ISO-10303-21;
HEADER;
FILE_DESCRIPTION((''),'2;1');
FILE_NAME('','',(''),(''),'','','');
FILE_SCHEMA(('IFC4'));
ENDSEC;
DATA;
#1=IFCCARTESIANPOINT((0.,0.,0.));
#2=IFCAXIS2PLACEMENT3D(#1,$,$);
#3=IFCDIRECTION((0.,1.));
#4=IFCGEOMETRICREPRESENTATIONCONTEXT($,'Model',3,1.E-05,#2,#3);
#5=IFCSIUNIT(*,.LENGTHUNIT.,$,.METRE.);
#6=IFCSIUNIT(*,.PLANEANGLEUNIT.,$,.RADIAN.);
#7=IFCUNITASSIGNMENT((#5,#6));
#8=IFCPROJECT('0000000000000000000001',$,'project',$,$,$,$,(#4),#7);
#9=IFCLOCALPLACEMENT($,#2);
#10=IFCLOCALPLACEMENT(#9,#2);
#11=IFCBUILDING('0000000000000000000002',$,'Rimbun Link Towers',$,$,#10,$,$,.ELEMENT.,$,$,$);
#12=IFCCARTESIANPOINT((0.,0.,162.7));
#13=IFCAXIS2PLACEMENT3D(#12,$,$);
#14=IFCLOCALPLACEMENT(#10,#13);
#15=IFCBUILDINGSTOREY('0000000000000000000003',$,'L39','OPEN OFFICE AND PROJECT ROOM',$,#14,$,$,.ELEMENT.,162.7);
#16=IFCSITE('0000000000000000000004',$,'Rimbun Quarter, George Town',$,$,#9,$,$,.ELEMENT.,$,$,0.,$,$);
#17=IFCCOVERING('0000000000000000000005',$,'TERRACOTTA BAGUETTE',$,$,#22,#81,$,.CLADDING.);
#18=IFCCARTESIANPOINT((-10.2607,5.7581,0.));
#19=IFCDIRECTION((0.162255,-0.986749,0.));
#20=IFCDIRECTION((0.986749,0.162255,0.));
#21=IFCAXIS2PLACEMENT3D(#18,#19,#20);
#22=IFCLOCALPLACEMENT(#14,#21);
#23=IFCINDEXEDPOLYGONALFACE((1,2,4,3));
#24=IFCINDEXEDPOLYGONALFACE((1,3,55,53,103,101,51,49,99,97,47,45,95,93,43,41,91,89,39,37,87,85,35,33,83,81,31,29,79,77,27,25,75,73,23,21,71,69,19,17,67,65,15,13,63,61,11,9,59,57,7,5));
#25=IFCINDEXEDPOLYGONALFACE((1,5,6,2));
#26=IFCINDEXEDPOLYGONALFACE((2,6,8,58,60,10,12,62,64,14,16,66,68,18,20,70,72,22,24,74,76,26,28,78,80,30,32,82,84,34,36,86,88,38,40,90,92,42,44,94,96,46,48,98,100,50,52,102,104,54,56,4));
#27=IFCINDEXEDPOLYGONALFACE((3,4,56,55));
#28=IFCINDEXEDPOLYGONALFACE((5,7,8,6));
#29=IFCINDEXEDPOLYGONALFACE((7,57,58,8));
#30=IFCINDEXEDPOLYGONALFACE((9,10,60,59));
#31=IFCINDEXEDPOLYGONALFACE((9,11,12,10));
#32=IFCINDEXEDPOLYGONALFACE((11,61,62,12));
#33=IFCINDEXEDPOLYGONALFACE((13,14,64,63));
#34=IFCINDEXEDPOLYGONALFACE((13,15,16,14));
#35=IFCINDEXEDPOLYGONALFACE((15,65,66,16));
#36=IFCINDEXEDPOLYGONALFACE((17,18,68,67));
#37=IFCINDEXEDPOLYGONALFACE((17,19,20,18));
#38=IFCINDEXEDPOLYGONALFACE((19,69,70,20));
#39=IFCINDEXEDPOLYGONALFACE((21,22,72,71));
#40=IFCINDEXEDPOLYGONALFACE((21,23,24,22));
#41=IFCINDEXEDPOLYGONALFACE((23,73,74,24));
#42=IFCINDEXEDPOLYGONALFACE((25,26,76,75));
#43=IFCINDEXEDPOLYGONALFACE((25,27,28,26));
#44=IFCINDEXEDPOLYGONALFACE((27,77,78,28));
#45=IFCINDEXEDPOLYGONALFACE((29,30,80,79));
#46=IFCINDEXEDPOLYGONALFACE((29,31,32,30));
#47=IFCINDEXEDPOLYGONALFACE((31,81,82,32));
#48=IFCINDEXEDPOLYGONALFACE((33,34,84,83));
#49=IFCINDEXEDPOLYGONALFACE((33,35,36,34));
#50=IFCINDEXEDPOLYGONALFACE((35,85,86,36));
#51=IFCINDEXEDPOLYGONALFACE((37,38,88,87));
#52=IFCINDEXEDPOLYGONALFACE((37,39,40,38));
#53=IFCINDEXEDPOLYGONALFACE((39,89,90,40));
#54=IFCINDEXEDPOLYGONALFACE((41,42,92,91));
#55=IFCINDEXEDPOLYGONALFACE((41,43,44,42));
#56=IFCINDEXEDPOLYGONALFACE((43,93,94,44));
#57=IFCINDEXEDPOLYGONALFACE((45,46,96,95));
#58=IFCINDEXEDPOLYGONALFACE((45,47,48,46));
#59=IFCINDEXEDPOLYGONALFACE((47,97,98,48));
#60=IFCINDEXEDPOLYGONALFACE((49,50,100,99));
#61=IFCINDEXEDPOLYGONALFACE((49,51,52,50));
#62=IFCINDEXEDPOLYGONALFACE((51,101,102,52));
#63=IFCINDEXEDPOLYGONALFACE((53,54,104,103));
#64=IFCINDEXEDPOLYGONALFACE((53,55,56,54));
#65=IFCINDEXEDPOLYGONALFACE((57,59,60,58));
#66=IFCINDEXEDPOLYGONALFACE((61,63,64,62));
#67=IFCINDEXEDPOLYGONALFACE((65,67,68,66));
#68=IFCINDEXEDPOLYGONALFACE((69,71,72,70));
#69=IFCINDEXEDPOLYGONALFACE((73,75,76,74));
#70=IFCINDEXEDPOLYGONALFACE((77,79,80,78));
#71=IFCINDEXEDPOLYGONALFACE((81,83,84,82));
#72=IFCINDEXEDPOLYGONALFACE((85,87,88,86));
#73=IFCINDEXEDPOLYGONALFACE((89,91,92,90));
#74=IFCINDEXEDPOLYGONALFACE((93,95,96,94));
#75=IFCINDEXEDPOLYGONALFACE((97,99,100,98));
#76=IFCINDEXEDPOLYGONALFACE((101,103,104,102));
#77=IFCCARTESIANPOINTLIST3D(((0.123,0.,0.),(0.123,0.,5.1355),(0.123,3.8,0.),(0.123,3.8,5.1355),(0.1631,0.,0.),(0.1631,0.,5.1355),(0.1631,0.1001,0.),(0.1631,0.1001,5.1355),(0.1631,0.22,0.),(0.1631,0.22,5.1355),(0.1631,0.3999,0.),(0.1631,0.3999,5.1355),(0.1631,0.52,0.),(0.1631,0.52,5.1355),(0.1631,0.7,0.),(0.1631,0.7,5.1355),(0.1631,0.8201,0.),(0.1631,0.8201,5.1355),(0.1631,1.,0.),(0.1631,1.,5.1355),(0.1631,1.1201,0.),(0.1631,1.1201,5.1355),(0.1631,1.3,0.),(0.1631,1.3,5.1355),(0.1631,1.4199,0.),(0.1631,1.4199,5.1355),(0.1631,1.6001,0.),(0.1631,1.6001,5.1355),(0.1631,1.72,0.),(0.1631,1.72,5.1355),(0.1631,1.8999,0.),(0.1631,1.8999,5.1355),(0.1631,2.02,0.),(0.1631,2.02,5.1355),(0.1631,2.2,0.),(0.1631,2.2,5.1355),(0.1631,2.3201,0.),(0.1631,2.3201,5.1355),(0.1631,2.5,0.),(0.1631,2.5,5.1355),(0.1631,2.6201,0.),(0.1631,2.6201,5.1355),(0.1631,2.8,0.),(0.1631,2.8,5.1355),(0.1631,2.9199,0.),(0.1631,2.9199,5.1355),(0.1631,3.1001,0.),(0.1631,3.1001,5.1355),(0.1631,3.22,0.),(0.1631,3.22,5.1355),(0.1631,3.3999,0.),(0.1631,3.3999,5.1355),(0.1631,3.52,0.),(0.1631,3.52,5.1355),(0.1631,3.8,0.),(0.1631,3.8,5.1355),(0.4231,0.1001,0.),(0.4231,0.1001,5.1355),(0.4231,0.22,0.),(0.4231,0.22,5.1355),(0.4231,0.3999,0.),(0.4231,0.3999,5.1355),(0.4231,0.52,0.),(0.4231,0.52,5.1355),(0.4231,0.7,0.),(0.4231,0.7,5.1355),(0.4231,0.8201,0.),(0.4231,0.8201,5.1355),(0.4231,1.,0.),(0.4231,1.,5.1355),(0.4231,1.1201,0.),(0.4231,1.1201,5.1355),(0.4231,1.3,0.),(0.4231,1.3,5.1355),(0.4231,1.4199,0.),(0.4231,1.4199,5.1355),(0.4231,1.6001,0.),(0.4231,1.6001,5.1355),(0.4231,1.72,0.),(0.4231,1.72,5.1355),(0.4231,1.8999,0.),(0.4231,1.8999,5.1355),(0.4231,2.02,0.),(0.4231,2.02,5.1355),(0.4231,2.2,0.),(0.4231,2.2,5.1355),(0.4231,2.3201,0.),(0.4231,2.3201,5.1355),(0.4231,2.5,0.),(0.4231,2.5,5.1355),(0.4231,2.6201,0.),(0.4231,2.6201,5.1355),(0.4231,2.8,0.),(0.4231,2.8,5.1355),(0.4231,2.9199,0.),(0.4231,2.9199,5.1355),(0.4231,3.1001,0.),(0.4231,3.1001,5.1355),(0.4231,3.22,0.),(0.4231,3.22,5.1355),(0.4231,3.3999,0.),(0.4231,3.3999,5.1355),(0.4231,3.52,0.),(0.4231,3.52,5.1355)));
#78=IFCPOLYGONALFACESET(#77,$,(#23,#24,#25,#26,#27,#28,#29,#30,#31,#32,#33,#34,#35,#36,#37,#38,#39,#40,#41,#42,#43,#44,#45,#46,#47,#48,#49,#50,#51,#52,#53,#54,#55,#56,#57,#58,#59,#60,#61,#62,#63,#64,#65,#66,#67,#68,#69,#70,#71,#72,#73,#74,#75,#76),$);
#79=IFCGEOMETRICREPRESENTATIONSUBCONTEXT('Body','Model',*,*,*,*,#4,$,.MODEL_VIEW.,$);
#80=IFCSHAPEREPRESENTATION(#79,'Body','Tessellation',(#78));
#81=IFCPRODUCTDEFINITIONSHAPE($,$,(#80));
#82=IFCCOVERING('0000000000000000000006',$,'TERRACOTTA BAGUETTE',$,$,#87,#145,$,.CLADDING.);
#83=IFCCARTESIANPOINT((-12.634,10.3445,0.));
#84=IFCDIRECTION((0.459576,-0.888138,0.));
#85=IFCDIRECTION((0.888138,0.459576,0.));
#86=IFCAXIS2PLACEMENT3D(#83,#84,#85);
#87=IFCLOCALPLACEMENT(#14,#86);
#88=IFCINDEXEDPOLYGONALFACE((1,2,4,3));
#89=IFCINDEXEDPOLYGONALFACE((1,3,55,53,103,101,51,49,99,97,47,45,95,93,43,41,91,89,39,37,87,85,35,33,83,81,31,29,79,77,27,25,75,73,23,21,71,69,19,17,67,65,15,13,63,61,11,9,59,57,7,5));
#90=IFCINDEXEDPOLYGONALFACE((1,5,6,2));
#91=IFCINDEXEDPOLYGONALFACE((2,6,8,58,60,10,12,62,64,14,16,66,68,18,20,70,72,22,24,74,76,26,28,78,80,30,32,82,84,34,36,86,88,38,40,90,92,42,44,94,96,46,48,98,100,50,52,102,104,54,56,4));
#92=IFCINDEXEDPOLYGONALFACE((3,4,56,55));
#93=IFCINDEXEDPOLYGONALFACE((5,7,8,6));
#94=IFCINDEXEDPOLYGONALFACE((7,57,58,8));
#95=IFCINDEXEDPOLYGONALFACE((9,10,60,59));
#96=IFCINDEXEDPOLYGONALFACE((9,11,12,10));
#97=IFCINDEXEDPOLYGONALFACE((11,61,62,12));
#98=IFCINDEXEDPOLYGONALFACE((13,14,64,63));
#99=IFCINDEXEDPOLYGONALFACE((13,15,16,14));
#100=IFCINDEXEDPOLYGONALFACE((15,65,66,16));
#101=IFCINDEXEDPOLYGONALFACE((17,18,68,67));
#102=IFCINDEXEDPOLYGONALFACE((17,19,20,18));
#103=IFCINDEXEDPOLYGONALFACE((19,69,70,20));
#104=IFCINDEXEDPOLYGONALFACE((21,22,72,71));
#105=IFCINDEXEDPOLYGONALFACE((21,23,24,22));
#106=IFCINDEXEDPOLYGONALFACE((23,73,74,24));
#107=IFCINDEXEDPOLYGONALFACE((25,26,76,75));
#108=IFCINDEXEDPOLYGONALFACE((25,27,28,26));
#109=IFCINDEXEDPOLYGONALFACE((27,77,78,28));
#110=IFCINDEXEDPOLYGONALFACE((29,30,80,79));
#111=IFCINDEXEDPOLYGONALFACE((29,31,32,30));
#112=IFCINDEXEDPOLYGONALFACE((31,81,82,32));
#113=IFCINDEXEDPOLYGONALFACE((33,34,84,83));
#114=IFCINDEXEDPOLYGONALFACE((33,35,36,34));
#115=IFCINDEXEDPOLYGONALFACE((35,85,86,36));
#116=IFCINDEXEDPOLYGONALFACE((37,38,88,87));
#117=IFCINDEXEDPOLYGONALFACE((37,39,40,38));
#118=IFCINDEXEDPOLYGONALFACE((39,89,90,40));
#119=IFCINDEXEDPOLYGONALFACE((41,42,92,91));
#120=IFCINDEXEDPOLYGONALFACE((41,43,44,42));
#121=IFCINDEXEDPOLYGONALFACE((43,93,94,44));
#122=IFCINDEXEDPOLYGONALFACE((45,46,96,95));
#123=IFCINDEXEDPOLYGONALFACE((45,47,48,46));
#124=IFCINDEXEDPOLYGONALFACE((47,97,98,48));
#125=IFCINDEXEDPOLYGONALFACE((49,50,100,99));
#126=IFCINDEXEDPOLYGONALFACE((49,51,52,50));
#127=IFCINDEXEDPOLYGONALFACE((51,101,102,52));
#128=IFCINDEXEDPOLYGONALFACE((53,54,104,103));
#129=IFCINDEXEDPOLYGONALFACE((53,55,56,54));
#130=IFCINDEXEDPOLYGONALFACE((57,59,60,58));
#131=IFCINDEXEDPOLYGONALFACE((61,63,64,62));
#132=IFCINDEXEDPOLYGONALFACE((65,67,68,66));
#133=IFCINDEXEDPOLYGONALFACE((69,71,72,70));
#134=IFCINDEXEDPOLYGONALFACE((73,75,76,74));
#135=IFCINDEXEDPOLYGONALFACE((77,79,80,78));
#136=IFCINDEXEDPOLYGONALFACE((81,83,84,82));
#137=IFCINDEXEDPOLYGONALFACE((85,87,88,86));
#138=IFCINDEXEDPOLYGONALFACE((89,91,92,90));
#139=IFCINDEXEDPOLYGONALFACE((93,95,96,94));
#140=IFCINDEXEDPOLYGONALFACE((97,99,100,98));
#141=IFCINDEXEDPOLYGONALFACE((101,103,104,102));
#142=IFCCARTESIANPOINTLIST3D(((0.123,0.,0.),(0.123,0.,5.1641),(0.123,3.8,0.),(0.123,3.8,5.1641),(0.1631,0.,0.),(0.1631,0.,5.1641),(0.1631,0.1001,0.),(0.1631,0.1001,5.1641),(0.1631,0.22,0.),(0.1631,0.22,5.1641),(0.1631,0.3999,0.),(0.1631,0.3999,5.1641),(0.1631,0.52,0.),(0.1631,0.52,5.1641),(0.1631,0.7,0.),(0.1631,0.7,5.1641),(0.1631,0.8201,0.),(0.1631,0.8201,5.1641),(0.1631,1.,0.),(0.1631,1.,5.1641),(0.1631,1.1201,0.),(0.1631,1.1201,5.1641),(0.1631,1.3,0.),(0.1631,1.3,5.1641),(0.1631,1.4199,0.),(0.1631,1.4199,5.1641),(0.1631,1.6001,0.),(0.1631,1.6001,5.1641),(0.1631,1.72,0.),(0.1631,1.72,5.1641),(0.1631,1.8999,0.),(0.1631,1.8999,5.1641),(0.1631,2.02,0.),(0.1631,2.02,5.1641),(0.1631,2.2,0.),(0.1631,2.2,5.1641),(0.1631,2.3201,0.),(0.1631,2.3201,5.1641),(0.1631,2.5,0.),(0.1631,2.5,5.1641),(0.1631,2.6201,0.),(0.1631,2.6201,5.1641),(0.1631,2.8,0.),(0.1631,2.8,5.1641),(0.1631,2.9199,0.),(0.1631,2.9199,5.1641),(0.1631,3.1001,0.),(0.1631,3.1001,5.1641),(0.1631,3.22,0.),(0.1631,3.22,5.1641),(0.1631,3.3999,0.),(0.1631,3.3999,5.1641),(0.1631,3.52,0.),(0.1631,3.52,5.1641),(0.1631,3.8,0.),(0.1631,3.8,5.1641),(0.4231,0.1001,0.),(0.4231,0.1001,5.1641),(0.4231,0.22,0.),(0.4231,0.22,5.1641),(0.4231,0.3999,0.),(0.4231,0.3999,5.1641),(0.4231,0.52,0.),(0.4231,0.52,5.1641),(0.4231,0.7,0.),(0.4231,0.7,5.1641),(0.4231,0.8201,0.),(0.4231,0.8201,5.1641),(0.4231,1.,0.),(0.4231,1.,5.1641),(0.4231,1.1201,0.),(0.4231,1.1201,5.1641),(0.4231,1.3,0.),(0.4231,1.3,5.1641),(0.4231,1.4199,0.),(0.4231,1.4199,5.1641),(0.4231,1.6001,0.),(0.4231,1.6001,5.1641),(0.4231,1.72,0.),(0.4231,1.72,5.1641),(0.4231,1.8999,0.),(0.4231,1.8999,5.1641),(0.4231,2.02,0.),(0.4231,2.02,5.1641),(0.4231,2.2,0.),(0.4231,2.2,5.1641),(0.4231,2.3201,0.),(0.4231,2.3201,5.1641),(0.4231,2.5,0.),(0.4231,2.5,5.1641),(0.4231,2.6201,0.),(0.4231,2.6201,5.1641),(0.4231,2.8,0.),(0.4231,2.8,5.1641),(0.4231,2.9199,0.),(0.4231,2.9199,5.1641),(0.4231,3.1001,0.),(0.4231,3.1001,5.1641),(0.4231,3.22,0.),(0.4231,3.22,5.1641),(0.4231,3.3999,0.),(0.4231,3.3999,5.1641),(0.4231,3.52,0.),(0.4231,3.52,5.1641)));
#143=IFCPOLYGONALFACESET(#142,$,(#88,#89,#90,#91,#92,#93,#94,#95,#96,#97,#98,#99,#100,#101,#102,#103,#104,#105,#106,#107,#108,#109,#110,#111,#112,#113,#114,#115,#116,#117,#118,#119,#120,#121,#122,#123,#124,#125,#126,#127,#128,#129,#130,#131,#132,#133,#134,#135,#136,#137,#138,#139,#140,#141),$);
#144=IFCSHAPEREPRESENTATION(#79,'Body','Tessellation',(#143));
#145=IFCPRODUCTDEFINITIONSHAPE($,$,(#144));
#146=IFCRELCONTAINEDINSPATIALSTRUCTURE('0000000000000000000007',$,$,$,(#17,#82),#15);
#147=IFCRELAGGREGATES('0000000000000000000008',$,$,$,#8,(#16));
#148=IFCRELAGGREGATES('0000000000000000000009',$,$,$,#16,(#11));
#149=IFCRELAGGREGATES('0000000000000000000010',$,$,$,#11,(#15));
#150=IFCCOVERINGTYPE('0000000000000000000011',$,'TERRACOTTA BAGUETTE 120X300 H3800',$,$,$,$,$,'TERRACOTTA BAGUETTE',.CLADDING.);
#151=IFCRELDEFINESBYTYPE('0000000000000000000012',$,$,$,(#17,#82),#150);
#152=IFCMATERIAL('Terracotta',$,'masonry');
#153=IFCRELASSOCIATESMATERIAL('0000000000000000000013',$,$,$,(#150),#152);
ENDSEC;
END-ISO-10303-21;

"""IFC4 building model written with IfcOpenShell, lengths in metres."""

from ifc_helpers import new_model, si_unit, direction, frame, origin, place, context, subcontext, project, spatial, polyline, outline, extrude, material, material_profile, profile_set, type_object, element, save


model = new_model("IFC4")

# Units and contexts
model_context = context("Model", 3, precision=1e-05, world=origin(), true_north=direction((0.0, 1.0)))
body_context = subcontext(model_context, "Body", "Model", "MODEL_VIEW")
ifc_project = project(units=[si_unit("LENGTHUNIT", "METRE"), si_unit("PLANEANGLEUNIT", "RADIAN")], contexts=[model_context])

# Site, building, storey
site_placement = place(None, origin())
site = spatial("IfcSite", under=ifc_project, at=site_placement, Name="Rimbun Quarter, George Town", CompositionType="ELEMENT", RefElevation=0.0)
building_placement = place(site_placement, origin())
building = spatial("IfcBuilding", under=site, at=building_placement, Name="Rimbun Link Towers", CompositionType="ELEMENT")
storey_placement = place(building_placement, frame((0.0, 0.0, 162.7)))
storey = spatial("IfcBuildingStorey", under=building, at=storey_placement, Name="L39", Description="OPEN OFFICE AND PROJECT ROOM", CompositionType="ELEMENT", Elevation=162.7)

# Coverings
ifc_material_1 = material(Name="Terracotta", Category="masonry")
ifc_material_profile_1 = material_profile(ifc_material_1, outline(polyline([(0.123, 0.0), (0.1631, 0.0), (0.1631, 0.1001), (0.4231, 0.1001), (0.4231, 0.22), (0.1631, 0.22), (0.1631, 0.3999), (0.4231, 0.3999), (0.4231, 0.52), (0.1631, 0.52), (0.1631, 0.7), (0.4231, 0.7), (0.4231, 0.8201), (0.1631, 0.8201), (0.1631, 1.0), (0.4231, 1.0), (0.4231, 1.1201), (0.1631, 1.1201), (0.1631, 1.3), (0.4231, 1.3), (0.4231, 1.4199), (0.1631, 1.4199), (0.1631, 1.6001), (0.4231, 1.6001), (0.4231, 1.72), (0.1631, 1.72), (0.1631, 1.8999), (0.4231, 1.8999), (0.4231, 2.02), (0.1631, 2.02), (0.1631, 2.2), (0.4231, 2.2), (0.4231, 2.3201), (0.1631, 2.3201), (0.1631, 2.5), (0.4231, 2.5), (0.4231, 2.6201), (0.1631, 2.6201), (0.1631, 2.8), (0.4231, 2.8), (0.4231, 2.9199), (0.1631, 2.9199), (0.1631, 3.1001), (0.4231, 3.1001), (0.4231, 3.22), (0.1631, 3.22), (0.1631, 3.3999), (0.4231, 3.3999), (0.4231, 3.52), (0.1631, 3.52), (0.1631, 3.8), (0.123, 3.8), (0.123, 0.0)])), Name="BAGUETTE 120X300")
ifc_profile_set_1 = profile_set([ifc_material_profile_1], Name="Terracotta")
covering_type_1 = type_object("IfcCoveringType", Name="TERRACOTTA BAGUETTE 120X300 H3800", ElementType="TERRACOTTA BAGUETTE", PredefinedType="CLADDING", material=ifc_profile_set_1)
covering_1_placement = place(storey_placement, frame((-10.2607, 5.7581, 0.0), z_axis=(0.162255, -0.986749, 0.0), x_axis=(0.986749, 0.162255, 0.0)))
element("IfcCovering", 1, at=covering_1_placement, inside=storey, type_object=covering_type_1, Name="TERRACOTTA BAGUETTE", PredefinedType="CLADDING", context=body_context, shape_type="SweptSolid", body=[
    extrude(outline(polyline([(0.123, 0.0), (0.1631, 0.0), (0.1631, 0.1001), (0.4231, 0.1001), (0.4231, 0.22), (0.1631, 0.22), (0.1631, 0.3999), (0.4231, 0.3999), (0.4231, 0.52), (0.1631, 0.52), (0.1631, 0.7), (0.4231, 0.7), (0.4231, 0.8201), (0.1631, 0.8201), (0.1631, 1.0), (0.4231, 1.0), (0.4231, 1.1201), (0.1631, 1.1201), (0.1631, 1.3), (0.4231, 1.3), (0.4231, 1.4199), (0.1631, 1.4199), (0.1631, 1.6001), (0.4231, 1.6001), (0.4231, 1.72), (0.1631, 1.72), (0.1631, 1.8999), (0.4231, 1.8999), (0.4231, 2.02), (0.1631, 2.02), (0.1631, 2.2), (0.4231, 2.2), (0.4231, 2.3201), (0.1631, 2.3201), (0.1631, 2.5), (0.4231, 2.5), (0.4231, 2.6201), (0.1631, 2.6201), (0.1631, 2.8), (0.4231, 2.8), (0.4231, 2.9199), (0.1631, 2.9199), (0.1631, 3.1001), (0.4231, 3.1001), (0.4231, 3.22), (0.1631, 3.22), (0.1631, 3.3999), (0.4231, 3.3999), (0.4231, 3.52), (0.1631, 3.52), (0.1631, 3.8), (0.123, 3.8), (0.123, 0.0)])), origin(), (0.0, 0.0, 1.0), 5.1355),
])
covering_2_placement = place(storey_placement, frame((-12.634, 10.3445, 0.0), z_axis=(0.459576, -0.888138, 0.0), x_axis=(0.888138, 0.459576, 0.0)))
element("IfcCovering", 2, at=covering_2_placement, inside=storey, type_object=covering_type_1, Name="TERRACOTTA BAGUETTE", PredefinedType="CLADDING", context=body_context, shape_type="SweptSolid", body=[
    extrude(outline(polyline([(0.123, 0.0), (0.1631, 0.0), (0.1631, 0.1001), (0.4231, 0.1001), (0.4231, 0.22), (0.1631, 0.22), (0.1631, 0.3999), (0.4231, 0.3999), (0.4231, 0.52), (0.1631, 0.52), (0.1631, 0.7), (0.4231, 0.7), (0.4231, 0.8201), (0.1631, 0.8201), (0.1631, 1.0), (0.4231, 1.0), (0.4231, 1.1201), (0.1631, 1.1201), (0.1631, 1.3), (0.4231, 1.3), (0.4231, 1.4199), (0.1631, 1.4199), (0.1631, 1.6001), (0.4231, 1.6001), (0.4231, 1.72), (0.1631, 1.72), (0.1631, 1.8999), (0.4231, 1.8999), (0.4231, 2.02), (0.1631, 2.02), (0.1631, 2.2), (0.4231, 2.2), (0.4231, 2.3201), (0.1631, 2.3201), (0.1631, 2.5), (0.4231, 2.5), (0.4231, 2.6201), (0.1631, 2.6201), (0.1631, 2.8), (0.4231, 2.8), (0.4231, 2.9199), (0.1631, 2.9199), (0.1631, 3.1001), (0.4231, 3.1001), (0.4231, 3.22), (0.1631, 3.22), (0.1631, 3.3999), (0.4231, 3.3999), (0.4231, 3.52), (0.1631, 3.52), (0.1631, 3.8), (0.123, 3.8), (0.123, 0.0)])), origin(), (0.0, 0.0, 1.0), 5.1641),
])

save(model, "model.ifc")
